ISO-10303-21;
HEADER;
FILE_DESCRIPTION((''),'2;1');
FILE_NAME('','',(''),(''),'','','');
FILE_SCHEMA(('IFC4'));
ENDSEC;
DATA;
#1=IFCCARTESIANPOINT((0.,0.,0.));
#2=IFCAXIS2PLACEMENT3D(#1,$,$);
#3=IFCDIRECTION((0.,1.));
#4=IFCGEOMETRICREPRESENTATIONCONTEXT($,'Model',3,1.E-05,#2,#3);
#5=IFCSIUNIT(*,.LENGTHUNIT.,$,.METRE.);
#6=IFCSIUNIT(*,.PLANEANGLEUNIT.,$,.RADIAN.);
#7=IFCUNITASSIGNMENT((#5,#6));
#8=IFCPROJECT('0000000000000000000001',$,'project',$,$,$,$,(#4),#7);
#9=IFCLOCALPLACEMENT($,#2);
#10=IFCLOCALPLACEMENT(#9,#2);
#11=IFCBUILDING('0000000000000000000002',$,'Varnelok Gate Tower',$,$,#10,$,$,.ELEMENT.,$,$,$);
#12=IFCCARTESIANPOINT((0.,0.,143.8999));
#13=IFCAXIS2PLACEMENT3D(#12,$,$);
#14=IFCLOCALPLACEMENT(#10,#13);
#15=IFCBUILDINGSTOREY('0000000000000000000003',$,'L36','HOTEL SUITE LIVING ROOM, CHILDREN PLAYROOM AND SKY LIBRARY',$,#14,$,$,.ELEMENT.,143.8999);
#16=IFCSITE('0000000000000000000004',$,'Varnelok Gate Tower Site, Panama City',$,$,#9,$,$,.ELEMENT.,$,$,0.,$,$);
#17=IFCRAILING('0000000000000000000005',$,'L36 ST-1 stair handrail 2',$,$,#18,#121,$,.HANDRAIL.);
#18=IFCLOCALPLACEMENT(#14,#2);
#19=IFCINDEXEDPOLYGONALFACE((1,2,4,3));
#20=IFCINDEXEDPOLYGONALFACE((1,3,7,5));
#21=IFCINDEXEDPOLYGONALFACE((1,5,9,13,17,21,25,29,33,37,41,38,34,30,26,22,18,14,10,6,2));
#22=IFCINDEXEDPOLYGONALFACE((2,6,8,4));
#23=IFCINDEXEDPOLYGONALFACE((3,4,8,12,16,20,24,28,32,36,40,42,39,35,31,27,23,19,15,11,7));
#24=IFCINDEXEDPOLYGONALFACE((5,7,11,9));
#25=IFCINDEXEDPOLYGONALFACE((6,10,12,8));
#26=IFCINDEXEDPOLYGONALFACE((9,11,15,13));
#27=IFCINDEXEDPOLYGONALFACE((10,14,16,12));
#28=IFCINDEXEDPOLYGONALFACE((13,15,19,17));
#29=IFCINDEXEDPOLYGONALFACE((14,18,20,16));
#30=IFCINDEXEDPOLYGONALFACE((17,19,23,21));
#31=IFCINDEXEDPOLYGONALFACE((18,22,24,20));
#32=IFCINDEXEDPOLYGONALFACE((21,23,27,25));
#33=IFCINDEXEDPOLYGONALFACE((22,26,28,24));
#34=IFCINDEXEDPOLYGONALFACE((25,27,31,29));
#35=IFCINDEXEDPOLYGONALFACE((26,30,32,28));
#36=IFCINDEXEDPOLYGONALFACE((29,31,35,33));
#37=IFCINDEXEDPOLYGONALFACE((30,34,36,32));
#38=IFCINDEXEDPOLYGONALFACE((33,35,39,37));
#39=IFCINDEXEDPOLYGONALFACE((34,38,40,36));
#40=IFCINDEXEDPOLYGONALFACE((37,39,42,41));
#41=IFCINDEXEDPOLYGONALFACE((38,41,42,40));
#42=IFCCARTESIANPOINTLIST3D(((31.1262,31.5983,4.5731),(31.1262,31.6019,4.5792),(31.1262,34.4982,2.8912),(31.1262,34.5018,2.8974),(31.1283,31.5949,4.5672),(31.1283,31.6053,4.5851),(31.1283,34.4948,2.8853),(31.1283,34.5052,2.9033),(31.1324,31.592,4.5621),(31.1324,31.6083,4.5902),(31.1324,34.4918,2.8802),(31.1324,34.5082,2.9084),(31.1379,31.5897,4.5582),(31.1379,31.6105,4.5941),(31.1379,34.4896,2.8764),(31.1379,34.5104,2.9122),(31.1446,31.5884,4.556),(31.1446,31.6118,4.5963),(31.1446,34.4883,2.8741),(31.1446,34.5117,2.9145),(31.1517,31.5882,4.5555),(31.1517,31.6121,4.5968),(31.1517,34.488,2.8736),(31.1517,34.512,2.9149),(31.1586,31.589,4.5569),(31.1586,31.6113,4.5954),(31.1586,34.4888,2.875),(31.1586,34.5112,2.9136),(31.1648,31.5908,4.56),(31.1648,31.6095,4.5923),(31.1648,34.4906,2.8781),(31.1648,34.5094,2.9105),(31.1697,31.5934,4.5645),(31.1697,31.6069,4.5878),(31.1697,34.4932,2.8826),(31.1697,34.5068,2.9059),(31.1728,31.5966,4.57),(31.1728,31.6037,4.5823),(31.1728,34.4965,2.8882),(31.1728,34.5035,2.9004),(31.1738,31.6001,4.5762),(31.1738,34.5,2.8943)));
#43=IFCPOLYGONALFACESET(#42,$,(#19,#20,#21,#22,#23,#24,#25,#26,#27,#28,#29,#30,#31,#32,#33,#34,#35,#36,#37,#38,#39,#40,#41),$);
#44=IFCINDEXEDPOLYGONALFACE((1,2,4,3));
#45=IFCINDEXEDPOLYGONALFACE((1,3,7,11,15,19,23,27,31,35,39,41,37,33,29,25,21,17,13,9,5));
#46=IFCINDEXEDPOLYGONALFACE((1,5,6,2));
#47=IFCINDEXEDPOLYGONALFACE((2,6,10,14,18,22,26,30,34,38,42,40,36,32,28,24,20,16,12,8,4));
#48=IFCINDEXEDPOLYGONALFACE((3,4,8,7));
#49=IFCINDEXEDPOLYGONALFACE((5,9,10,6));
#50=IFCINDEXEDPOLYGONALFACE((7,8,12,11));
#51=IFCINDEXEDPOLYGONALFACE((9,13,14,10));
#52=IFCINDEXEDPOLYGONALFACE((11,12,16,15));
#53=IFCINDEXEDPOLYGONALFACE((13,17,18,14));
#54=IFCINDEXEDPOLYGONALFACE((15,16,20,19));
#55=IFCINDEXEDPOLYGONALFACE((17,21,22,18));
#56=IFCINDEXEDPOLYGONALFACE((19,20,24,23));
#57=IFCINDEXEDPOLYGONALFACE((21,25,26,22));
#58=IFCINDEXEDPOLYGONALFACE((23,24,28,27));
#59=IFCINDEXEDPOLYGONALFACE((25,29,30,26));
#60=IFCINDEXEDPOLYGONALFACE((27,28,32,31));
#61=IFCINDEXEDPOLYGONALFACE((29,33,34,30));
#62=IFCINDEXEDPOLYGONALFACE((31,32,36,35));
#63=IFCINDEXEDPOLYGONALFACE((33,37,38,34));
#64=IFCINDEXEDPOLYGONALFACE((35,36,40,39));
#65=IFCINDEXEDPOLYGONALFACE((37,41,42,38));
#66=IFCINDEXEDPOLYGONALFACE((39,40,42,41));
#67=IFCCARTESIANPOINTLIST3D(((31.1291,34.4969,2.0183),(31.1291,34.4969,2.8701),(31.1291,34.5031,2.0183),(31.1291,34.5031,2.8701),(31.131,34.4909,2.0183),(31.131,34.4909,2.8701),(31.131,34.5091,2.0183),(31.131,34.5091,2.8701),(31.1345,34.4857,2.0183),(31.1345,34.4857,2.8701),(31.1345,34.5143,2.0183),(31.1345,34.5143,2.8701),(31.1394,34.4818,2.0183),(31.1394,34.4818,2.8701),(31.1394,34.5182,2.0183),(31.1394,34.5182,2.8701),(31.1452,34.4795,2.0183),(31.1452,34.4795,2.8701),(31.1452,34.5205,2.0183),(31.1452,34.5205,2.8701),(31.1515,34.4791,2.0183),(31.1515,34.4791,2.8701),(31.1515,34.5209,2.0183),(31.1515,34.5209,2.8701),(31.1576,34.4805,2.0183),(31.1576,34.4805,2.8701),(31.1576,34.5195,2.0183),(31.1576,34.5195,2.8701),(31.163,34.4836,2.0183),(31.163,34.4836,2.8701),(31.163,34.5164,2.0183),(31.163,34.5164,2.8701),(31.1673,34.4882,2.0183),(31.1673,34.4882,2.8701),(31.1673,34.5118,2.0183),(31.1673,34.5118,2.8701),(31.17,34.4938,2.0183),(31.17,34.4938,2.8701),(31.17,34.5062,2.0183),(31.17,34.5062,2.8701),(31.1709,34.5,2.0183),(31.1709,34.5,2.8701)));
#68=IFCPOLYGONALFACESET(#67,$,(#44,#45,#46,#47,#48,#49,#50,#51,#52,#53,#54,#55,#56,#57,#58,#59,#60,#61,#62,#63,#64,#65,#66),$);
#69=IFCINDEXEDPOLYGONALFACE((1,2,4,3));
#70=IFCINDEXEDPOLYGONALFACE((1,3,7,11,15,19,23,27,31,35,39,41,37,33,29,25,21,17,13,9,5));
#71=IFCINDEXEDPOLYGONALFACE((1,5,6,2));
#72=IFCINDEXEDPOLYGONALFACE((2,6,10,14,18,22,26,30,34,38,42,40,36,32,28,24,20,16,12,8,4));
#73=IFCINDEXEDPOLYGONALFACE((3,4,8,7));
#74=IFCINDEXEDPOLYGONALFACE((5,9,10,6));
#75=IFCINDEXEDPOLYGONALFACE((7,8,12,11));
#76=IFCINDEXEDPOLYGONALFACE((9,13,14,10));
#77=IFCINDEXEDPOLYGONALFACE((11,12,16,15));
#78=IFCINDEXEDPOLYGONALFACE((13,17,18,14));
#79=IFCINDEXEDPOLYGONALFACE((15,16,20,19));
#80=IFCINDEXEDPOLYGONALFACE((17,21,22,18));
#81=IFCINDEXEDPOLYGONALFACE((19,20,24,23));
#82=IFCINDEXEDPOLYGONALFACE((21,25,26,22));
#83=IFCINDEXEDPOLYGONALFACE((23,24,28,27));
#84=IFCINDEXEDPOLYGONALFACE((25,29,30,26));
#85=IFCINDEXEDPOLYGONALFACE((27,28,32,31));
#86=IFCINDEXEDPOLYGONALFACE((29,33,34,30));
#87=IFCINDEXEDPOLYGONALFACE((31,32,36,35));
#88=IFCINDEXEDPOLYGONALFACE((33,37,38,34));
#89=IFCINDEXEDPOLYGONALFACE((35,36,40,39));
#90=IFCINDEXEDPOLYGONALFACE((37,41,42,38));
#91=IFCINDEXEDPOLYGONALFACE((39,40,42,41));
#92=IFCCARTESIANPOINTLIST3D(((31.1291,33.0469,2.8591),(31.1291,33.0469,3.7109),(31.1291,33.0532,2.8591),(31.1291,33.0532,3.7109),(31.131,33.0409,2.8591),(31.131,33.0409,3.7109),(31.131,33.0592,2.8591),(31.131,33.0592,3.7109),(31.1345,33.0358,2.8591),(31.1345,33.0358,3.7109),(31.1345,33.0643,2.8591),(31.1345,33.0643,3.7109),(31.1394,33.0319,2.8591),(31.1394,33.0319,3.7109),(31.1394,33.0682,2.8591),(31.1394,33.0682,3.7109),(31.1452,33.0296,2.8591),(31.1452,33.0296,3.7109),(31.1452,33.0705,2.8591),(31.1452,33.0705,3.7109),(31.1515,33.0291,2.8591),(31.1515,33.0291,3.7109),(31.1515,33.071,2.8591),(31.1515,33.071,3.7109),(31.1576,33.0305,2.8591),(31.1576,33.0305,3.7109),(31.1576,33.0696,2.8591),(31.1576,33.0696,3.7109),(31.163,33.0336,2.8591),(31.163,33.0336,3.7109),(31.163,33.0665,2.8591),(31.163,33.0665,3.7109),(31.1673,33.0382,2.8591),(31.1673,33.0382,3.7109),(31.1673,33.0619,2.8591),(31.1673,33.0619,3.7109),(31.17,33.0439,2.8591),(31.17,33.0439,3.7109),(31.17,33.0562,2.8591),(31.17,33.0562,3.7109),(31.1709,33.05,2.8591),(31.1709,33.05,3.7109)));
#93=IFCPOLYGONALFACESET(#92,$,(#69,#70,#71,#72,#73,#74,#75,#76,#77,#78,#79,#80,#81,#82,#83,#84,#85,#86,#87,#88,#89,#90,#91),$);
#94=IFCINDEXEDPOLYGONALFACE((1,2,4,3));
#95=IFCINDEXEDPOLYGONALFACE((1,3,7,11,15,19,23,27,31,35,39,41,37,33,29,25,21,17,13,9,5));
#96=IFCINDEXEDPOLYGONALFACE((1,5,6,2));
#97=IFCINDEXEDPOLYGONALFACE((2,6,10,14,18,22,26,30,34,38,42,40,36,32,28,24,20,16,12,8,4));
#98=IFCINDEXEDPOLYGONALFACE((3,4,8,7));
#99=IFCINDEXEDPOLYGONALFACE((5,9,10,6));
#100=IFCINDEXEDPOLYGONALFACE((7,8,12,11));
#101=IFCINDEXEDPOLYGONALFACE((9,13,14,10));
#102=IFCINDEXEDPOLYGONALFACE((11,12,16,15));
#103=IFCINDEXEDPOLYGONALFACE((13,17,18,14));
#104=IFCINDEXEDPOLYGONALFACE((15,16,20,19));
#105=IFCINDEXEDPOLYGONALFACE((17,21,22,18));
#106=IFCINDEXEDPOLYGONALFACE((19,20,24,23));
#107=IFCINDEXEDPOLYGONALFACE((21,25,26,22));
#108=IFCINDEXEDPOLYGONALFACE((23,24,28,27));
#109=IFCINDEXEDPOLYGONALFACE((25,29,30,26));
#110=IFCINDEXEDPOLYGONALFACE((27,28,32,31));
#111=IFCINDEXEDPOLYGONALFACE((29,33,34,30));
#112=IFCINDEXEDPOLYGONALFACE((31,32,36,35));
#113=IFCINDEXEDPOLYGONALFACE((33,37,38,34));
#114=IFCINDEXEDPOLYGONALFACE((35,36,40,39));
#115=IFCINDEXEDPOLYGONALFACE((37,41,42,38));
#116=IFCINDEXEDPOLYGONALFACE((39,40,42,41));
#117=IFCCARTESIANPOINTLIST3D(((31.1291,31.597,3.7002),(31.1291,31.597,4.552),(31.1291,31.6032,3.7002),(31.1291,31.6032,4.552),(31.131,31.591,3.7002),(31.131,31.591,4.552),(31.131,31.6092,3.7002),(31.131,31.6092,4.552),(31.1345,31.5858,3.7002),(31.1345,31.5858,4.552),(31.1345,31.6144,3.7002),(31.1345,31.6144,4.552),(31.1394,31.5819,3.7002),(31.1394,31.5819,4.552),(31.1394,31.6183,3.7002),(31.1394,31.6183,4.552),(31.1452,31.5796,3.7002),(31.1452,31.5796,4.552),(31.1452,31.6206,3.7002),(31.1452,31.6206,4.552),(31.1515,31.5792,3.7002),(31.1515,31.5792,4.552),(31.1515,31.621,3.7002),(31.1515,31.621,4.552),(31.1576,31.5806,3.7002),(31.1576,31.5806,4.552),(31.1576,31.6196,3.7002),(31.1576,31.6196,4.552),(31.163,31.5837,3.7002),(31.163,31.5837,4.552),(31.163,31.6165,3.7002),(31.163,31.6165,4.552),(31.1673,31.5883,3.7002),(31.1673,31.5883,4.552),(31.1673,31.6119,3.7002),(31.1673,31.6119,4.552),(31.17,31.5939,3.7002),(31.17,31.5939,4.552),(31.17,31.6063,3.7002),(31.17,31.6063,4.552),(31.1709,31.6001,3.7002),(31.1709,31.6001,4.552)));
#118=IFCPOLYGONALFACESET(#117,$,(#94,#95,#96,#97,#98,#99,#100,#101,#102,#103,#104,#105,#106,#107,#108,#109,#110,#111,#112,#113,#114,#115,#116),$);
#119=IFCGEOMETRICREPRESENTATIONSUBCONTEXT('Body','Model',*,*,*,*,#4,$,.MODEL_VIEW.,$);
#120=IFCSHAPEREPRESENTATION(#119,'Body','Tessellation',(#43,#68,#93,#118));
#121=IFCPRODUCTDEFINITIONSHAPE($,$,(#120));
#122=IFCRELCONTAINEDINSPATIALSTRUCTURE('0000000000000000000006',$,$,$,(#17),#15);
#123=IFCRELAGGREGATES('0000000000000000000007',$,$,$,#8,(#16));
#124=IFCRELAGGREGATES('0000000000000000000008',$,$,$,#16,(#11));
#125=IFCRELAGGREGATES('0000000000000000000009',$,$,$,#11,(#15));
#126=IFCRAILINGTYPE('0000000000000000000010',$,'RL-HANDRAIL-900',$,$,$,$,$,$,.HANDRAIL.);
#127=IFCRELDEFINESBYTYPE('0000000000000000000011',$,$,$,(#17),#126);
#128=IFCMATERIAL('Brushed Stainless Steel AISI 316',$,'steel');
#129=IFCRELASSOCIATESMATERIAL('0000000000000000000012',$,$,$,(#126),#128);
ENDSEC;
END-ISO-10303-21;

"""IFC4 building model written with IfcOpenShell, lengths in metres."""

from ifc_helpers import new_model, si_unit, direction, frame, origin, origin_2d, place, context, subcontext, project, spatial, circle, extrude, material, type_object, element, save


model = new_model("IFC4")

# Units and contexts
model_context = context("Model", 3, precision=1e-05, world=origin(), true_north=direction((0.0, 1.0)))
body_context = subcontext(model_context, "Body", "Model", "MODEL_VIEW")
ifc_project = project(units=[si_unit("LENGTHUNIT", "METRE"), si_unit("PLANEANGLEUNIT", "RADIAN")], contexts=[model_context])

# Site, building, storey
site_placement = place(None, origin())
site = spatial("IfcSite", under=ifc_project, at=site_placement, Name="Varnelok Gate Tower Site, Panama City", CompositionType="ELEMENT", RefElevation=0.0)
building_placement = place(site_placement, origin())
building = spatial("IfcBuilding", under=site, at=building_placement, Name="Varnelok Gate Tower", CompositionType="ELEMENT")
storey_placement = place(building_placement, frame((0.0, 0.0, 143.8999)))
storey = spatial("IfcBuildingStorey", under=building, at=storey_placement, Name="L36", Description="HOTEL SUITE LIVING ROOM, CHILDREN PLAYROOM AND SKY LIBRARY", CompositionType="ELEMENT", Elevation=143.8999)

# Railing
ifc_material_1 = material(Name="Brushed Stainless Steel AISI 316", Category="steel")
railing_type_1 = type_object("IfcRailingType", Name="RL-HANDRAIL-900", PredefinedType="HANDRAIL", material=ifc_material_1)
railing_1_placement = place(storey_placement, frame((31.1499, 34.5, 2.0183)))
element("IfcRailing", 1, at=railing_1_placement, inside=storey, type_object=railing_type_1, Name="L36 ST-1 stair handrail 2", PredefinedType="HANDRAIL", context=body_context, shape_type="SweptSolid", body=[
    extrude(circle(Radius=0.0239, at=origin_2d()), frame((0.0, 0.0, 0.876), z_axis=(0.0, -0.865039, 0.501705), x_axis=(1.0, 0.0, 0.0)), (0.0, 0.0, 1.0), 3.3523),
    extrude(circle(Radius=0.021, at=origin_2d()), origin(), (0.0, 0.0, 1.0), 0.8518),
    extrude(circle(Radius=0.021, at=origin_2d()), frame((0.0, -1.45, 0.8408)), (0.0, 0.0, 1.0), 0.8518),
    extrude(circle(Radius=0.021, at=origin_2d()), frame((0.0, -2.8999, 1.6819)), (0.0, 0.0, 1.0), 0.8518),
])

save(model, "model.ifc")
